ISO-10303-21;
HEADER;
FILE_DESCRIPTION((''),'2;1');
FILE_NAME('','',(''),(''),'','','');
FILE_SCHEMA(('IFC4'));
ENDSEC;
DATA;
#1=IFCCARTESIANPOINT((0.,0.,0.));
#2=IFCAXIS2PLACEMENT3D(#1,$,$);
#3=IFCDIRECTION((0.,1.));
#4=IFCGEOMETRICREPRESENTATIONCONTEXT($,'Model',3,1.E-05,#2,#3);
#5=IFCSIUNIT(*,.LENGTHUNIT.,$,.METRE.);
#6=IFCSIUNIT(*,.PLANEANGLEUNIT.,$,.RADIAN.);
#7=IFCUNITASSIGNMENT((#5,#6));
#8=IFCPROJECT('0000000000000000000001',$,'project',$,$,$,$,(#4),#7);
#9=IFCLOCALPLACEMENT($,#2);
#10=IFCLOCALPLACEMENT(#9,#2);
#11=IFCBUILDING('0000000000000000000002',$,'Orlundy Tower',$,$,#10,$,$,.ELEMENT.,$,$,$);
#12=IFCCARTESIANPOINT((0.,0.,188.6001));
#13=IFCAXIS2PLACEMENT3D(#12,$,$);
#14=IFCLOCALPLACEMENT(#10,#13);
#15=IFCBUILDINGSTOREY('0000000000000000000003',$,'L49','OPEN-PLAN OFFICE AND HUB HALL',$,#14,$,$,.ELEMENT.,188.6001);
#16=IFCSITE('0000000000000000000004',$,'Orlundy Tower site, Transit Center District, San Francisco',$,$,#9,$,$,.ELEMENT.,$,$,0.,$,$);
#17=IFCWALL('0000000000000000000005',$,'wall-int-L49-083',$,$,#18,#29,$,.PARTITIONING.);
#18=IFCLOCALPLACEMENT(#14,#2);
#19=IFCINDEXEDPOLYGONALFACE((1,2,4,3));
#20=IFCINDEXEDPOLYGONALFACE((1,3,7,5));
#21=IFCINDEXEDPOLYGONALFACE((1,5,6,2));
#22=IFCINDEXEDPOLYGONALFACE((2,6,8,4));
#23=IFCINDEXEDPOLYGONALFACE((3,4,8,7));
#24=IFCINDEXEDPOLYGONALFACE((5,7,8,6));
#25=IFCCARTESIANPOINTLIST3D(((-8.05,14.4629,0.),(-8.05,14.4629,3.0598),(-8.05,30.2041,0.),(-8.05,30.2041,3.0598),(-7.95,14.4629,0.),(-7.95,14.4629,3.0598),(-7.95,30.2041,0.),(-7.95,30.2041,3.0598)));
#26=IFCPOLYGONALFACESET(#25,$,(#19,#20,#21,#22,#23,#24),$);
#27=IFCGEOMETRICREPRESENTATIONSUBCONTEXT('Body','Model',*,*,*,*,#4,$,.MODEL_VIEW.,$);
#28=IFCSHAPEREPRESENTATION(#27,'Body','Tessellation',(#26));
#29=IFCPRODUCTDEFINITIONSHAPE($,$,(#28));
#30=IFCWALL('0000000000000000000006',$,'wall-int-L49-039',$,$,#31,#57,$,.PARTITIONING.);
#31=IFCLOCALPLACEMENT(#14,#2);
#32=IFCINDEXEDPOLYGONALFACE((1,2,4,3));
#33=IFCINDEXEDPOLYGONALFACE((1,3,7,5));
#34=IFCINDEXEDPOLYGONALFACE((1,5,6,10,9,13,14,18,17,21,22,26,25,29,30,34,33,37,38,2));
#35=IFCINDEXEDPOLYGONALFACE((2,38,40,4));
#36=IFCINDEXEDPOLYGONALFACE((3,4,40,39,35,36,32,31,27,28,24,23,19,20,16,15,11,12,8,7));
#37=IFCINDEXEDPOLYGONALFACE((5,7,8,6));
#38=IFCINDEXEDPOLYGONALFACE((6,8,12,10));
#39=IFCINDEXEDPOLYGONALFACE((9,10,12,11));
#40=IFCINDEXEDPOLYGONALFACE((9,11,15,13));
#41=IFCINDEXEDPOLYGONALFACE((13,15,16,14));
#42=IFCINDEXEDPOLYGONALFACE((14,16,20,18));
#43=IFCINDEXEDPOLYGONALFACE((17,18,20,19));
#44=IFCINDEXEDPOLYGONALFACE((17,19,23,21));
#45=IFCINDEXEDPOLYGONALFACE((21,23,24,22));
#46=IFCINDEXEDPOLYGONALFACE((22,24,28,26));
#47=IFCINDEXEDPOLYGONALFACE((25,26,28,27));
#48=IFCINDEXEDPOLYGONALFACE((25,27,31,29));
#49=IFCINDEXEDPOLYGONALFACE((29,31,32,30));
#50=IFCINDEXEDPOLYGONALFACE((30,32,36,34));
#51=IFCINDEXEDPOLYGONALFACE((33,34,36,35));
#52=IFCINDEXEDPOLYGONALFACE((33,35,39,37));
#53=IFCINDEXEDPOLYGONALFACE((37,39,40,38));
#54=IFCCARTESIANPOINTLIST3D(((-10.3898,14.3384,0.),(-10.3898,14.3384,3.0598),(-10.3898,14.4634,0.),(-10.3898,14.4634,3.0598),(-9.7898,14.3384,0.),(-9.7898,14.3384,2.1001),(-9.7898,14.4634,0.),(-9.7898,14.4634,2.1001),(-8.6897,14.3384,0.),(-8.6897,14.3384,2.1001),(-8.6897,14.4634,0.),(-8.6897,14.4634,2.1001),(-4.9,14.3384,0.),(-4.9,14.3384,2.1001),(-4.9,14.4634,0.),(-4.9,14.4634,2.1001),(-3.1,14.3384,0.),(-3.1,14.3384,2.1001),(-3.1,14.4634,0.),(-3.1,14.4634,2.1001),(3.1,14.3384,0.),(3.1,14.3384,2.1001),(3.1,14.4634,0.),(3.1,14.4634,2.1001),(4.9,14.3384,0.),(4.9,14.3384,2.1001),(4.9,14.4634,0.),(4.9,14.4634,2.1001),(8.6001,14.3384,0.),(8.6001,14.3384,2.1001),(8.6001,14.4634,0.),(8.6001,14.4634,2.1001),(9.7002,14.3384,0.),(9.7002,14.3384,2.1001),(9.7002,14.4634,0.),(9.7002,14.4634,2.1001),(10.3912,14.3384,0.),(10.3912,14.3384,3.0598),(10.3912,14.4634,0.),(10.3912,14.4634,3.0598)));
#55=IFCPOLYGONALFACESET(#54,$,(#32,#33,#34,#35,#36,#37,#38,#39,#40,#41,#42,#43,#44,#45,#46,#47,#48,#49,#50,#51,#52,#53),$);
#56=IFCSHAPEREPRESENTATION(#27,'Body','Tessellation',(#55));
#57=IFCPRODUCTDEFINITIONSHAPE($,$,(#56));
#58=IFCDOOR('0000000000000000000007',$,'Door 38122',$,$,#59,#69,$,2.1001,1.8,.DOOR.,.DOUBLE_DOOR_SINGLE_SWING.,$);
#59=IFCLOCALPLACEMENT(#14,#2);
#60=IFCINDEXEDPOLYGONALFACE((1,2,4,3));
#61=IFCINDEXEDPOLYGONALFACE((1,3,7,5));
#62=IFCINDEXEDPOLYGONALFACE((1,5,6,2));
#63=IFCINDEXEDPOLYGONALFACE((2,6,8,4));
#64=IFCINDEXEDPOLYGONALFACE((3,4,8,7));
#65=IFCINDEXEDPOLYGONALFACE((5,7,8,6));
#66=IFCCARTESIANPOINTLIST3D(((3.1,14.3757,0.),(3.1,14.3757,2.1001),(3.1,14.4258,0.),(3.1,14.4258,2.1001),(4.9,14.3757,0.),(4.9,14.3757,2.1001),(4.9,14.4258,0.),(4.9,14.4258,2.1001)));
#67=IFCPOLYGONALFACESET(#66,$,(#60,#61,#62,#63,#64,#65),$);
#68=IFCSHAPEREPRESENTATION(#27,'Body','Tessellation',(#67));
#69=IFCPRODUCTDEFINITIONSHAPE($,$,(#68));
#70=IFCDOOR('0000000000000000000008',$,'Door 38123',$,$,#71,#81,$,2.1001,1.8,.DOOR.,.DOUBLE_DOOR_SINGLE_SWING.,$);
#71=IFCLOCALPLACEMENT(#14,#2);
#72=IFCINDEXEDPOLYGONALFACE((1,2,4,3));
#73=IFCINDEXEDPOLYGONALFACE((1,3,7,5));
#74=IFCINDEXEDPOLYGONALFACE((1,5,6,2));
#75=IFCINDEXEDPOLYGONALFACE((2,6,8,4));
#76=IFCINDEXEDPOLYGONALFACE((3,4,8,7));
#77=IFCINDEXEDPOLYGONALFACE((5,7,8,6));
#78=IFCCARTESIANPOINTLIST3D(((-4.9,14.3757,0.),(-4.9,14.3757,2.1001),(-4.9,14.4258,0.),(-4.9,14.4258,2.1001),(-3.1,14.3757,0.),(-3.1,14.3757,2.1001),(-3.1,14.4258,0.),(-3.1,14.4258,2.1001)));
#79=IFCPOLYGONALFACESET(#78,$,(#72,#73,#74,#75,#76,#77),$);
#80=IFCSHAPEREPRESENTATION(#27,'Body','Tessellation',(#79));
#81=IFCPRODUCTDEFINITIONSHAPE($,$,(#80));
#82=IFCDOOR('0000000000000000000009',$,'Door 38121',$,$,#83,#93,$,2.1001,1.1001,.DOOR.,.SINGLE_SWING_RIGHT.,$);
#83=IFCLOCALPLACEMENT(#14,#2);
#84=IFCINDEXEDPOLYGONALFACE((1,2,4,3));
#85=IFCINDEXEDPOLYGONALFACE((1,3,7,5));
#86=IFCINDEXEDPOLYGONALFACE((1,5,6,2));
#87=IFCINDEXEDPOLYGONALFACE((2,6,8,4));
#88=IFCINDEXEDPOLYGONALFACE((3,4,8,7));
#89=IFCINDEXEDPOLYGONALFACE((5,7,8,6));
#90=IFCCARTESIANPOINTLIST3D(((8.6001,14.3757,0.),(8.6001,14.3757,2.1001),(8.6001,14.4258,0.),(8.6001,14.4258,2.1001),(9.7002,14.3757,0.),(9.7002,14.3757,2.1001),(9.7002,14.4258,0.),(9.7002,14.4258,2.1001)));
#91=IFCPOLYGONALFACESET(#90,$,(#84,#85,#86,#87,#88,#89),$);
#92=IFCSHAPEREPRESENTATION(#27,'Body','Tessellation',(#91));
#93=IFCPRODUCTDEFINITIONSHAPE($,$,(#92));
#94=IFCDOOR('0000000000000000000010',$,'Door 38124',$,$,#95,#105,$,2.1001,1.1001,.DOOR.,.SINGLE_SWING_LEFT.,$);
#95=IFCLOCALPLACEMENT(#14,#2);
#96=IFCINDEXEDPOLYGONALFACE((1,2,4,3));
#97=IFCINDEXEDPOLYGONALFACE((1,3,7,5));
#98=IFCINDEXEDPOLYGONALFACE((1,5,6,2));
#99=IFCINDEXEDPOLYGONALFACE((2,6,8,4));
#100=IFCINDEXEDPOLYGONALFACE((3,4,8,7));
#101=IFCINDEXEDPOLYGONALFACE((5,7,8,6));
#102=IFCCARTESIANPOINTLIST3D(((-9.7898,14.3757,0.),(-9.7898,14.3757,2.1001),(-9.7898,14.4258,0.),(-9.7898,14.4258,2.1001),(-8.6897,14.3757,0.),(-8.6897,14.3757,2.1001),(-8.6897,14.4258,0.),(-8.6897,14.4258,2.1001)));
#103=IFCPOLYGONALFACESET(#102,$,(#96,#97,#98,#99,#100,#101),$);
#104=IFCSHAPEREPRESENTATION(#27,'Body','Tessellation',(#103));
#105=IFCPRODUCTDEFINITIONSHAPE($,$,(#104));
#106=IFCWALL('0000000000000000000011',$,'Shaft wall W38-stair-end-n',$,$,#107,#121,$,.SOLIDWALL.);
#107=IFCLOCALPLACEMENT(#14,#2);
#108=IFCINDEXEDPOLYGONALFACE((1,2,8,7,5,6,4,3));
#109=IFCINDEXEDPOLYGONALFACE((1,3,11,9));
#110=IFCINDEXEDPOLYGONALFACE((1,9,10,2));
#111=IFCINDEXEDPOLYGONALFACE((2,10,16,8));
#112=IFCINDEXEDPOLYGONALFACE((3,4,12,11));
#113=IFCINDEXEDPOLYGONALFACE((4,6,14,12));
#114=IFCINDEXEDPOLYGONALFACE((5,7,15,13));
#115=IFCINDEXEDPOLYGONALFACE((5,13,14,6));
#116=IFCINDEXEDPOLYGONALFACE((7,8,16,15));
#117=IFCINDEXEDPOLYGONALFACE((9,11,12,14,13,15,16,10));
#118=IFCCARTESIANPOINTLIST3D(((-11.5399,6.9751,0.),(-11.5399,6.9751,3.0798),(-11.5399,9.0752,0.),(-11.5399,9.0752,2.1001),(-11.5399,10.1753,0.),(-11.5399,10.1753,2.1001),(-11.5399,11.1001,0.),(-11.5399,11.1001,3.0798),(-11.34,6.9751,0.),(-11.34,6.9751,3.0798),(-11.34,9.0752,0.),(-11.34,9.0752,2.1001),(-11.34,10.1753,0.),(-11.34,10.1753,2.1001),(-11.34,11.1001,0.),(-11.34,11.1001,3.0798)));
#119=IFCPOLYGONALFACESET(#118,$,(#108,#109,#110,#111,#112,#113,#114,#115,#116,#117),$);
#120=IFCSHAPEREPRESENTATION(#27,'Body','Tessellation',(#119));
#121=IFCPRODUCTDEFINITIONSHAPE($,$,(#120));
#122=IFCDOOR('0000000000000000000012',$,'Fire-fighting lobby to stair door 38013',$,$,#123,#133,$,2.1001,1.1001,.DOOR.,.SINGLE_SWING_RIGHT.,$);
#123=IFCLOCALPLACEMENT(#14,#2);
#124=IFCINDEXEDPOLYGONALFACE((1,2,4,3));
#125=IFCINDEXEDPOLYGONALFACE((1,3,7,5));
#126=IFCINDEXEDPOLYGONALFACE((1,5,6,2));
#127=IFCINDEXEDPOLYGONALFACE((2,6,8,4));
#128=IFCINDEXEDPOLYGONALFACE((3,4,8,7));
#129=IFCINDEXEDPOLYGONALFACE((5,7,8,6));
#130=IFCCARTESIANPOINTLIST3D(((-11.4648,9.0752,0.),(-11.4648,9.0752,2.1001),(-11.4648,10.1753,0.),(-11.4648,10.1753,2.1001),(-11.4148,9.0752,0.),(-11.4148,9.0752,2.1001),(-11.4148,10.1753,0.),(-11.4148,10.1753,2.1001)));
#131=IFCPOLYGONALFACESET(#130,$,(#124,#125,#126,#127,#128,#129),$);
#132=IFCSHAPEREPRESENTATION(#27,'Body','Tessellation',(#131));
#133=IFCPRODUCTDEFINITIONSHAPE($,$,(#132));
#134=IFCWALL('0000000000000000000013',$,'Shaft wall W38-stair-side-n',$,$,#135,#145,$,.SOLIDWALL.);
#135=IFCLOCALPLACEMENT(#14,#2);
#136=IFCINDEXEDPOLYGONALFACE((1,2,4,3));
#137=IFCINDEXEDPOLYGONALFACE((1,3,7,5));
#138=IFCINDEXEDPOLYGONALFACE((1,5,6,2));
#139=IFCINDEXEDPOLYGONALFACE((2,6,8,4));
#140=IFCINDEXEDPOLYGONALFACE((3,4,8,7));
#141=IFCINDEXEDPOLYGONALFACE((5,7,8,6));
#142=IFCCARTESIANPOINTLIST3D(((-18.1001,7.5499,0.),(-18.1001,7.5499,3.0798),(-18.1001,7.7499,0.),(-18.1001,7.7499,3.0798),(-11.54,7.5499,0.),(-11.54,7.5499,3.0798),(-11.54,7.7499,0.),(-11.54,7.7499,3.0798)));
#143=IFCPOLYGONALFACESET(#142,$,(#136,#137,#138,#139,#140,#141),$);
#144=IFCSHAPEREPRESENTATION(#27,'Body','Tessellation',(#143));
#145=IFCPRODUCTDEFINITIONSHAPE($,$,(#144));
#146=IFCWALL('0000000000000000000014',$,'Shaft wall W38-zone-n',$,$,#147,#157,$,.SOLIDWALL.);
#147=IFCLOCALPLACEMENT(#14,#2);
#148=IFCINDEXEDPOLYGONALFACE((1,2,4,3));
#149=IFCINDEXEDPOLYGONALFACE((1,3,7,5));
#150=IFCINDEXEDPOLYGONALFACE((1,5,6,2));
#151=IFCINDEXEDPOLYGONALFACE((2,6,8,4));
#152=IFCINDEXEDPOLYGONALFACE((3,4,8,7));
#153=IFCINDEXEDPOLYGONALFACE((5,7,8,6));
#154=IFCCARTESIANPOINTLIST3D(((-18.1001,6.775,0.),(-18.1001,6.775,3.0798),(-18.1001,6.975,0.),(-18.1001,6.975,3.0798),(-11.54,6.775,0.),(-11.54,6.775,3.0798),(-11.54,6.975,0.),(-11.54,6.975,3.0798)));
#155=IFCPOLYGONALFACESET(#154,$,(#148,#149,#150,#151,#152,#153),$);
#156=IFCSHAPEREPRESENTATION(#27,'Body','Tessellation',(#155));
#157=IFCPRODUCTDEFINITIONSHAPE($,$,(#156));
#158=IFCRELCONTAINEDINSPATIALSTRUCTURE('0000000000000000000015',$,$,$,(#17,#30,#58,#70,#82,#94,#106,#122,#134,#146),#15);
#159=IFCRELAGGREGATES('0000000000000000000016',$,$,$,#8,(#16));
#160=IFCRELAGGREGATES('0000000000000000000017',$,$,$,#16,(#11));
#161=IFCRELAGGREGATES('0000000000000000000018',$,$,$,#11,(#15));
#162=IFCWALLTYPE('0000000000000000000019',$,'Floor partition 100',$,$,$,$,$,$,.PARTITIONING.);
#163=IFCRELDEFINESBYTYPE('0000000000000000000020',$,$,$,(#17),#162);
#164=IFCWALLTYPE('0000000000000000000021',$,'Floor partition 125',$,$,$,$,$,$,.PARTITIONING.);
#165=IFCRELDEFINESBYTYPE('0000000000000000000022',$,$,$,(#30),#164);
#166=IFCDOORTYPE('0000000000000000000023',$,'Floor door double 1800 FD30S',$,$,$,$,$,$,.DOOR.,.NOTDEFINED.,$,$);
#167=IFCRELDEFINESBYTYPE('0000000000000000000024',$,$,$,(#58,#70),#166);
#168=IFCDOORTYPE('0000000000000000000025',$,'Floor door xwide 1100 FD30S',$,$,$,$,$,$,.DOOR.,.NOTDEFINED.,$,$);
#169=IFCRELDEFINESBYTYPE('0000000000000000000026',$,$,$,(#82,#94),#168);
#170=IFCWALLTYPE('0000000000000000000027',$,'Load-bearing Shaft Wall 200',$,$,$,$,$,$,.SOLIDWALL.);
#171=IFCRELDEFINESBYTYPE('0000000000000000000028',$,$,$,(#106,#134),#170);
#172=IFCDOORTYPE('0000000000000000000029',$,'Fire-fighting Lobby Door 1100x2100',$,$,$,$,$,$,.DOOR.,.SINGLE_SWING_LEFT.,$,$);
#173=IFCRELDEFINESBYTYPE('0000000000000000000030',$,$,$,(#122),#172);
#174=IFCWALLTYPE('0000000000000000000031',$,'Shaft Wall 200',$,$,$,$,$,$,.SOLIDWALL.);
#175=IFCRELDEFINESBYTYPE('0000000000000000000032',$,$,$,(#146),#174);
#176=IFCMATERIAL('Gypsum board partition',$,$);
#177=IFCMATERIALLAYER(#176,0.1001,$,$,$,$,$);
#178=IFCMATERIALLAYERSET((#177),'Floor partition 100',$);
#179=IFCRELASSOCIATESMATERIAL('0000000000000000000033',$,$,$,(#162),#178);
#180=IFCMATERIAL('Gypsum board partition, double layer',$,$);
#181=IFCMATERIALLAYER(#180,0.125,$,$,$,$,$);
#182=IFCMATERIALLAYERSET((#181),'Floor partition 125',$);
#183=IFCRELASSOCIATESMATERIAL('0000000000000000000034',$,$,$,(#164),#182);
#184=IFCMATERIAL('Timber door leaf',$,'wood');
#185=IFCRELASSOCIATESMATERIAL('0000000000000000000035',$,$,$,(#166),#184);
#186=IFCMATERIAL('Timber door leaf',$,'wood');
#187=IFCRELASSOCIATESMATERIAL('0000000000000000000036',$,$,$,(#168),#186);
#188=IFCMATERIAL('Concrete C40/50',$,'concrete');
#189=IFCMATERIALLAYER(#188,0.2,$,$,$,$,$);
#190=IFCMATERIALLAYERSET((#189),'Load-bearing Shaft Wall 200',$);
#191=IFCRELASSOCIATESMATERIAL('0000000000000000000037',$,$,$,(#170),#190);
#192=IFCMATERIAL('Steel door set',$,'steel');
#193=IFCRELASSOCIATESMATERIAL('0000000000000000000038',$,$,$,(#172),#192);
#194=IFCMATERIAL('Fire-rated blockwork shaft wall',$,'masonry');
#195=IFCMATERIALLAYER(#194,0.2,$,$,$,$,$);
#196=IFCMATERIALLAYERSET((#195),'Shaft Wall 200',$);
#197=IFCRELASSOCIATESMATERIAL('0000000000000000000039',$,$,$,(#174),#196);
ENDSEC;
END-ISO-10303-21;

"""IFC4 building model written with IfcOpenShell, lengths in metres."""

from ifc_helpers import new_model, si_unit, direction, frame, frame_2d, origin, place, context, subcontext, project, spatial, rectangle, extrude, material, layer, layer_set, type_object, element, fill, save


model = new_model("IFC4")

# Units and contexts
model_context = context("Model", 3, precision=1e-05, world=origin(), true_north=direction((0.0, 1.0)))
body_context = subcontext(model_context, "Body", "Model", "MODEL_VIEW")
ifc_project = project(units=[si_unit("LENGTHUNIT", "METRE"), si_unit("PLANEANGLEUNIT", "RADIAN")], contexts=[model_context])

# Site, building, storey
site_placement = place(None, origin())
site = spatial("IfcSite", under=ifc_project, at=site_placement, Name="Orlundy Tower site, Transit Center District, San Francisco", CompositionType="ELEMENT", RefElevation=0.0)
building_placement = place(site_placement, origin())
building = spatial("IfcBuilding", under=site, at=building_placement, Name="Orlundy Tower", CompositionType="ELEMENT")
storey_placement = place(building_placement, frame((0.0, 0.0, 188.6001)))
storey = spatial("IfcBuildingStorey", under=building, at=storey_placement, Name="L49", Description="OPEN-PLAN OFFICE AND HUB HALL", CompositionType="ELEMENT", Elevation=188.6001)

# Wall
ifc_material_1 = material(Name="Gypsum board partition")
ifc_layer_1 = layer(ifc_material_1, 0.1001)
ifc_layer_set_1 = layer_set([ifc_layer_1], Name="Floor partition 100")
wall_type_1 = type_object("IfcWallType", Name="Floor partition 100", PredefinedType="PARTITIONING", material=ifc_layer_set_1)
wall_1_placement = place(storey_placement, frame((-8.0, 14.4629, 0.0), z_axis=(0.0, 0.0, 1.0), x_axis=(0.0, 1.0, 0.0)))
element("IfcWall", 1, at=wall_1_placement, inside=storey, type_object=wall_type_1, Name="wall-int-L49-083", PredefinedType="PARTITIONING", context=body_context, shape_type="SweptSolid", body=[
    extrude(rectangle(XDim=15.7412, YDim=0.1001, at=frame_2d((7.8706, 0.0))), origin(), (0.0, 0.0, 1.0), 3.0598),
])

# Wall, openings, doors
ifc_material_2 = material(Name="Gypsum board partition, double layer")
ifc_layer_2 = layer(ifc_material_2, 0.125)
ifc_layer_set_2 = layer_set([ifc_layer_2], Name="Floor partition 125")
wall_type_2 = type_object("IfcWallType", Name="Floor partition 125", PredefinedType="PARTITIONING", material=ifc_layer_set_2)
wall_2_placement = place(storey_placement, frame((-10.3899, 14.4009, 0.0), z_axis=(0.0, 0.0, 1.0), x_axis=(1.0, 0.0, 0.0)))
wall_2 = element("IfcWall", 2, at=wall_2_placement, inside=storey, type_object=wall_type_2, Name="wall-int-L49-039", PredefinedType="PARTITIONING", context=body_context, shape_type="SweptSolid", body=[
    extrude(rectangle(XDim=20.781, YDim=0.125, at=frame_2d((10.3906, 0.0))), origin(), (0.0, 0.0, 1.0), 3.0598),
])
opening_1_placement = place(wall_2_placement, frame((18.99, 0.0, 0.0)))
opening_1 = element("IfcOpeningElement", 3, at=opening_1_placement, cuts=wall_2, PredefinedType="OPENING", context=body_context, shape_type="SweptSolid", body=[
    extrude(rectangle(XDim=1.1001, YDim=2.1001, at=frame_2d((0.55, 1.05))), frame((0.0, 0.0725, 0.0), z_axis=(0.0, -1.0, 0.0), x_axis=(1.0, 0.0, 0.0)), (0.0, 0.0, 1.0), 0.145),
])
opening_2_placement = place(wall_2_placement, frame((13.49, 0.0, 0.0)))
opening_2 = element("IfcOpeningElement", 4, at=opening_2_placement, cuts=wall_2, PredefinedType="OPENING", context=body_context, shape_type="SweptSolid", body=[
    extrude(rectangle(XDim=1.8, YDim=2.1001, at=frame_2d((0.8999, 1.05))), frame((0.0, 0.0725, 0.0), z_axis=(0.0, -1.0, 0.0), x_axis=(1.0, 0.0, 0.0)), (0.0, 0.0, 1.0), 0.145),
])
opening_3_placement = place(wall_2_placement, frame((5.49, 0.0, 0.0)))
opening_3 = element("IfcOpeningElement", 5, at=opening_3_placement, cuts=wall_2, PredefinedType="OPENING", context=body_context, shape_type="SweptSolid", body=[
    extrude(rectangle(XDim=1.8, YDim=2.1001, at=frame_2d((0.8999, 1.05))), frame((0.0, 0.0725, 0.0), z_axis=(0.0, -1.0, 0.0), x_axis=(1.0, 0.0, 0.0)), (0.0, 0.0, 1.0), 0.145),
])
opening_4_placement = place(wall_2_placement, frame((0.6001, 0.0, 0.0)))
opening_4 = element("IfcOpeningElement", 6, at=opening_4_placement, cuts=wall_2, PredefinedType="OPENING", context=body_context, shape_type="SweptSolid", body=[
    extrude(rectangle(XDim=1.1001, YDim=2.1001, at=frame_2d((0.55, 1.05))), frame((0.0, 0.0725, 0.0), z_axis=(0.0, -1.0, 0.0), x_axis=(1.0, 0.0, 0.0)), (0.0, 0.0, 1.0), 0.145),
])
ifc_material_3 = material(Name="Timber door leaf", Category="wood")
door_type_1 = type_object("IfcDoorType", Name="Floor door double 1800 FD30S", OperationType="NOTDEFINED", PredefinedType="DOOR", material=ifc_material_3)
door_1_placement = place(opening_2_placement, origin())
door_1 = element("IfcDoor", 7, at=door_1_placement, inside=storey, type_object=door_type_1, Name="Door 38122", OperationType="DOUBLE_DOOR_SINGLE_SWING", OverallHeight=2.1001, OverallWidth=1.8, PredefinedType="DOOR", context=body_context, shape_type="SweptSolid", body=[
    extrude(rectangle(XDim=1.8, YDim=2.1001, at=frame_2d((0.8999, 1.05))), frame((0.0, 0.0249, 0.0), z_axis=(0.0, -1.0, 0.0), x_axis=(1.0, 0.0, 0.0)), (0.0, 0.0, 1.0), 0.05),
])
fill(opening_2, door_1)
door_2_placement = place(opening_3_placement, origin())
door_2 = element("IfcDoor", 8, at=door_2_placement, inside=storey, type_object=door_type_1, Name="Door 38123", OperationType="DOUBLE_DOOR_SINGLE_SWING", OverallHeight=2.1001, OverallWidth=1.8, PredefinedType="DOOR", context=body_context, shape_type="SweptSolid", body=[
    extrude(rectangle(XDim=1.8, YDim=2.1001, at=frame_2d((0.8999, 1.05))), frame((0.0, 0.0249, 0.0), z_axis=(0.0, -1.0, 0.0), x_axis=(1.0, 0.0, 0.0)), (0.0, 0.0, 1.0), 0.05),
])
fill(opening_3, door_2)
ifc_material_4 = material(Name="Timber door leaf", Category="wood")
door_type_2 = type_object("IfcDoorType", Name="Floor door xwide 1100 FD30S", OperationType="NOTDEFINED", PredefinedType="DOOR", material=ifc_material_4)
door_3_placement = place(opening_1_placement, origin())
door_3 = element("IfcDoor", 9, at=door_3_placement, inside=storey, type_object=door_type_2, Name="Door 38121", OperationType="SINGLE_SWING_RIGHT", OverallHeight=2.1001, OverallWidth=1.1001, PredefinedType="DOOR", context=body_context, shape_type="SweptSolid", body=[
    extrude(rectangle(XDim=1.1001, YDim=2.1001, at=frame_2d((0.55, 1.05))), frame((0.0, 0.0249, 0.0), z_axis=(0.0, -1.0, 0.0), x_axis=(1.0, 0.0, 0.0)), (0.0, 0.0, 1.0), 0.05),
])
fill(opening_1, door_3)
door_4_placement = place(opening_4_placement, origin())
door_4 = element("IfcDoor", 10, at=door_4_placement, inside=storey, type_object=door_type_2, Name="Door 38124", OperationType="SINGLE_SWING_LEFT", OverallHeight=2.1001, OverallWidth=1.1001, PredefinedType="DOOR", context=body_context, shape_type="SweptSolid", body=[
    extrude(rectangle(XDim=1.1001, YDim=2.1001, at=frame_2d((0.55, 1.05))), frame((0.0, 0.0249, 0.0), z_axis=(0.0, -1.0, 0.0), x_axis=(1.0, 0.0, 0.0)), (0.0, 0.0, 1.0), 0.05),
])
fill(opening_4, door_4)

# Wall, opening, door
ifc_material_5 = material(Name="Concrete C40/50", Category="concrete")
ifc_layer_3 = layer(ifc_material_5, 0.2)
ifc_layer_set_3 = layer_set([ifc_layer_3], Name="Load-bearing Shaft Wall 200")
wall_type_3 = type_object("IfcWallType", Name="Load-bearing Shaft Wall 200", PredefinedType="SOLIDWALL", material=ifc_layer_set_3)
wall_3_placement = place(storey_placement, frame((-11.4399, 6.9751, 0.0), z_axis=(0.0, 0.0, 1.0), x_axis=(0.0, 1.0, 0.0)))
wall_3 = element("IfcWall", 11, at=wall_3_placement, inside=storey, type_object=wall_type_3, Name="Shaft wall W38-stair-end-n", PredefinedType="SOLIDWALL", context=body_context, shape_type="SweptSolid", body=[
    extrude(rectangle(XDim=4.125, YDim=0.2, at=frame_2d((2.0625, 0.0))), origin(), (0.0, 0.0, 1.0), 3.0798),
])
opening_5_placement = place(wall_3_placement, frame((2.1001, 0.0, 0.0)))
opening_5 = element("IfcOpeningElement", 12, at=opening_5_placement, cuts=wall_3, PredefinedType="OPENING", context=body_context, shape_type="SweptSolid", body=[
    extrude(rectangle(XDim=1.1001, YDim=2.1001, at=frame_2d((0.55, 1.05))), frame((0.0, 0.1101, 0.0), z_axis=(0.0, -1.0, 0.0), x_axis=(1.0, 0.0, 0.0)), (0.0, 0.0, 1.0), 0.2202),
])
ifc_material_6 = material(Name="Steel door set", Category="steel")
door_type_3 = type_object("IfcDoorType", Name="Fire-fighting Lobby Door 1100x2100", OperationType="SINGLE_SWING_LEFT", PredefinedType="DOOR", material=ifc_material_6)
door_5_placement = place(opening_5_placement, origin())
door_5 = element("IfcDoor", 13, at=door_5_placement, inside=storey, type_object=door_type_3, Name="Fire-fighting lobby to stair door 38013", OperationType="SINGLE_SWING_RIGHT", OverallHeight=2.1001, OverallWidth=1.1001, PredefinedType="DOOR", context=body_context, shape_type="SweptSolid", body=[
    extrude(rectangle(XDim=1.1001, YDim=2.1001, at=frame_2d((0.55, 1.05))), frame((0.0, 0.0249, 0.0), z_axis=(0.0, -1.0, 0.0), x_axis=(1.0, 0.0, 0.0)), (0.0, 0.0, 1.0), 0.05),
])
fill(opening_5, door_5)

# Walls
wall_4_placement = place(storey_placement, frame((-11.54, 7.6499, 0.0), z_axis=(0.0, 0.0, 1.0), x_axis=(-1.0, 0.0, 0.0)))
element("IfcWall", 14, at=wall_4_placement, inside=storey, type_object=wall_type_3, Name="Shaft wall W38-stair-side-n", PredefinedType="SOLIDWALL", context=body_context, shape_type="SweptSolid", body=[
    extrude(rectangle(XDim=6.5601, YDim=0.2, at=frame_2d((3.28, 0.0))), origin(), (0.0, 0.0, 1.0), 3.0798),
])
ifc_material_7 = material(Name="Fire-rated blockwork shaft wall", Category="masonry")
ifc_layer_4 = layer(ifc_material_7, 0.2)
ifc_layer_set_4 = layer_set([ifc_layer_4], Name="Shaft Wall 200")
wall_type_4 = type_object("IfcWallType", Name="Shaft Wall 200", PredefinedType="SOLIDWALL", material=ifc_layer_set_4)
wall_5_placement = place(storey_placement, frame((-11.54, 6.875, 0.0), z_axis=(0.0, 0.0, 1.0), x_axis=(-1.0, 0.0, 0.0)))
element("IfcWall", 15, at=wall_5_placement, inside=storey, type_object=wall_type_4, Name="Shaft wall W38-zone-n", PredefinedType="SOLIDWALL", context=body_context, shape_type="SweptSolid", body=[
    extrude(rectangle(XDim=6.5601, YDim=0.2, at=frame_2d((3.28, 0.0))), origin(), (0.0, 0.0, 1.0), 3.0798),
])

save(model, "model.ifc")
